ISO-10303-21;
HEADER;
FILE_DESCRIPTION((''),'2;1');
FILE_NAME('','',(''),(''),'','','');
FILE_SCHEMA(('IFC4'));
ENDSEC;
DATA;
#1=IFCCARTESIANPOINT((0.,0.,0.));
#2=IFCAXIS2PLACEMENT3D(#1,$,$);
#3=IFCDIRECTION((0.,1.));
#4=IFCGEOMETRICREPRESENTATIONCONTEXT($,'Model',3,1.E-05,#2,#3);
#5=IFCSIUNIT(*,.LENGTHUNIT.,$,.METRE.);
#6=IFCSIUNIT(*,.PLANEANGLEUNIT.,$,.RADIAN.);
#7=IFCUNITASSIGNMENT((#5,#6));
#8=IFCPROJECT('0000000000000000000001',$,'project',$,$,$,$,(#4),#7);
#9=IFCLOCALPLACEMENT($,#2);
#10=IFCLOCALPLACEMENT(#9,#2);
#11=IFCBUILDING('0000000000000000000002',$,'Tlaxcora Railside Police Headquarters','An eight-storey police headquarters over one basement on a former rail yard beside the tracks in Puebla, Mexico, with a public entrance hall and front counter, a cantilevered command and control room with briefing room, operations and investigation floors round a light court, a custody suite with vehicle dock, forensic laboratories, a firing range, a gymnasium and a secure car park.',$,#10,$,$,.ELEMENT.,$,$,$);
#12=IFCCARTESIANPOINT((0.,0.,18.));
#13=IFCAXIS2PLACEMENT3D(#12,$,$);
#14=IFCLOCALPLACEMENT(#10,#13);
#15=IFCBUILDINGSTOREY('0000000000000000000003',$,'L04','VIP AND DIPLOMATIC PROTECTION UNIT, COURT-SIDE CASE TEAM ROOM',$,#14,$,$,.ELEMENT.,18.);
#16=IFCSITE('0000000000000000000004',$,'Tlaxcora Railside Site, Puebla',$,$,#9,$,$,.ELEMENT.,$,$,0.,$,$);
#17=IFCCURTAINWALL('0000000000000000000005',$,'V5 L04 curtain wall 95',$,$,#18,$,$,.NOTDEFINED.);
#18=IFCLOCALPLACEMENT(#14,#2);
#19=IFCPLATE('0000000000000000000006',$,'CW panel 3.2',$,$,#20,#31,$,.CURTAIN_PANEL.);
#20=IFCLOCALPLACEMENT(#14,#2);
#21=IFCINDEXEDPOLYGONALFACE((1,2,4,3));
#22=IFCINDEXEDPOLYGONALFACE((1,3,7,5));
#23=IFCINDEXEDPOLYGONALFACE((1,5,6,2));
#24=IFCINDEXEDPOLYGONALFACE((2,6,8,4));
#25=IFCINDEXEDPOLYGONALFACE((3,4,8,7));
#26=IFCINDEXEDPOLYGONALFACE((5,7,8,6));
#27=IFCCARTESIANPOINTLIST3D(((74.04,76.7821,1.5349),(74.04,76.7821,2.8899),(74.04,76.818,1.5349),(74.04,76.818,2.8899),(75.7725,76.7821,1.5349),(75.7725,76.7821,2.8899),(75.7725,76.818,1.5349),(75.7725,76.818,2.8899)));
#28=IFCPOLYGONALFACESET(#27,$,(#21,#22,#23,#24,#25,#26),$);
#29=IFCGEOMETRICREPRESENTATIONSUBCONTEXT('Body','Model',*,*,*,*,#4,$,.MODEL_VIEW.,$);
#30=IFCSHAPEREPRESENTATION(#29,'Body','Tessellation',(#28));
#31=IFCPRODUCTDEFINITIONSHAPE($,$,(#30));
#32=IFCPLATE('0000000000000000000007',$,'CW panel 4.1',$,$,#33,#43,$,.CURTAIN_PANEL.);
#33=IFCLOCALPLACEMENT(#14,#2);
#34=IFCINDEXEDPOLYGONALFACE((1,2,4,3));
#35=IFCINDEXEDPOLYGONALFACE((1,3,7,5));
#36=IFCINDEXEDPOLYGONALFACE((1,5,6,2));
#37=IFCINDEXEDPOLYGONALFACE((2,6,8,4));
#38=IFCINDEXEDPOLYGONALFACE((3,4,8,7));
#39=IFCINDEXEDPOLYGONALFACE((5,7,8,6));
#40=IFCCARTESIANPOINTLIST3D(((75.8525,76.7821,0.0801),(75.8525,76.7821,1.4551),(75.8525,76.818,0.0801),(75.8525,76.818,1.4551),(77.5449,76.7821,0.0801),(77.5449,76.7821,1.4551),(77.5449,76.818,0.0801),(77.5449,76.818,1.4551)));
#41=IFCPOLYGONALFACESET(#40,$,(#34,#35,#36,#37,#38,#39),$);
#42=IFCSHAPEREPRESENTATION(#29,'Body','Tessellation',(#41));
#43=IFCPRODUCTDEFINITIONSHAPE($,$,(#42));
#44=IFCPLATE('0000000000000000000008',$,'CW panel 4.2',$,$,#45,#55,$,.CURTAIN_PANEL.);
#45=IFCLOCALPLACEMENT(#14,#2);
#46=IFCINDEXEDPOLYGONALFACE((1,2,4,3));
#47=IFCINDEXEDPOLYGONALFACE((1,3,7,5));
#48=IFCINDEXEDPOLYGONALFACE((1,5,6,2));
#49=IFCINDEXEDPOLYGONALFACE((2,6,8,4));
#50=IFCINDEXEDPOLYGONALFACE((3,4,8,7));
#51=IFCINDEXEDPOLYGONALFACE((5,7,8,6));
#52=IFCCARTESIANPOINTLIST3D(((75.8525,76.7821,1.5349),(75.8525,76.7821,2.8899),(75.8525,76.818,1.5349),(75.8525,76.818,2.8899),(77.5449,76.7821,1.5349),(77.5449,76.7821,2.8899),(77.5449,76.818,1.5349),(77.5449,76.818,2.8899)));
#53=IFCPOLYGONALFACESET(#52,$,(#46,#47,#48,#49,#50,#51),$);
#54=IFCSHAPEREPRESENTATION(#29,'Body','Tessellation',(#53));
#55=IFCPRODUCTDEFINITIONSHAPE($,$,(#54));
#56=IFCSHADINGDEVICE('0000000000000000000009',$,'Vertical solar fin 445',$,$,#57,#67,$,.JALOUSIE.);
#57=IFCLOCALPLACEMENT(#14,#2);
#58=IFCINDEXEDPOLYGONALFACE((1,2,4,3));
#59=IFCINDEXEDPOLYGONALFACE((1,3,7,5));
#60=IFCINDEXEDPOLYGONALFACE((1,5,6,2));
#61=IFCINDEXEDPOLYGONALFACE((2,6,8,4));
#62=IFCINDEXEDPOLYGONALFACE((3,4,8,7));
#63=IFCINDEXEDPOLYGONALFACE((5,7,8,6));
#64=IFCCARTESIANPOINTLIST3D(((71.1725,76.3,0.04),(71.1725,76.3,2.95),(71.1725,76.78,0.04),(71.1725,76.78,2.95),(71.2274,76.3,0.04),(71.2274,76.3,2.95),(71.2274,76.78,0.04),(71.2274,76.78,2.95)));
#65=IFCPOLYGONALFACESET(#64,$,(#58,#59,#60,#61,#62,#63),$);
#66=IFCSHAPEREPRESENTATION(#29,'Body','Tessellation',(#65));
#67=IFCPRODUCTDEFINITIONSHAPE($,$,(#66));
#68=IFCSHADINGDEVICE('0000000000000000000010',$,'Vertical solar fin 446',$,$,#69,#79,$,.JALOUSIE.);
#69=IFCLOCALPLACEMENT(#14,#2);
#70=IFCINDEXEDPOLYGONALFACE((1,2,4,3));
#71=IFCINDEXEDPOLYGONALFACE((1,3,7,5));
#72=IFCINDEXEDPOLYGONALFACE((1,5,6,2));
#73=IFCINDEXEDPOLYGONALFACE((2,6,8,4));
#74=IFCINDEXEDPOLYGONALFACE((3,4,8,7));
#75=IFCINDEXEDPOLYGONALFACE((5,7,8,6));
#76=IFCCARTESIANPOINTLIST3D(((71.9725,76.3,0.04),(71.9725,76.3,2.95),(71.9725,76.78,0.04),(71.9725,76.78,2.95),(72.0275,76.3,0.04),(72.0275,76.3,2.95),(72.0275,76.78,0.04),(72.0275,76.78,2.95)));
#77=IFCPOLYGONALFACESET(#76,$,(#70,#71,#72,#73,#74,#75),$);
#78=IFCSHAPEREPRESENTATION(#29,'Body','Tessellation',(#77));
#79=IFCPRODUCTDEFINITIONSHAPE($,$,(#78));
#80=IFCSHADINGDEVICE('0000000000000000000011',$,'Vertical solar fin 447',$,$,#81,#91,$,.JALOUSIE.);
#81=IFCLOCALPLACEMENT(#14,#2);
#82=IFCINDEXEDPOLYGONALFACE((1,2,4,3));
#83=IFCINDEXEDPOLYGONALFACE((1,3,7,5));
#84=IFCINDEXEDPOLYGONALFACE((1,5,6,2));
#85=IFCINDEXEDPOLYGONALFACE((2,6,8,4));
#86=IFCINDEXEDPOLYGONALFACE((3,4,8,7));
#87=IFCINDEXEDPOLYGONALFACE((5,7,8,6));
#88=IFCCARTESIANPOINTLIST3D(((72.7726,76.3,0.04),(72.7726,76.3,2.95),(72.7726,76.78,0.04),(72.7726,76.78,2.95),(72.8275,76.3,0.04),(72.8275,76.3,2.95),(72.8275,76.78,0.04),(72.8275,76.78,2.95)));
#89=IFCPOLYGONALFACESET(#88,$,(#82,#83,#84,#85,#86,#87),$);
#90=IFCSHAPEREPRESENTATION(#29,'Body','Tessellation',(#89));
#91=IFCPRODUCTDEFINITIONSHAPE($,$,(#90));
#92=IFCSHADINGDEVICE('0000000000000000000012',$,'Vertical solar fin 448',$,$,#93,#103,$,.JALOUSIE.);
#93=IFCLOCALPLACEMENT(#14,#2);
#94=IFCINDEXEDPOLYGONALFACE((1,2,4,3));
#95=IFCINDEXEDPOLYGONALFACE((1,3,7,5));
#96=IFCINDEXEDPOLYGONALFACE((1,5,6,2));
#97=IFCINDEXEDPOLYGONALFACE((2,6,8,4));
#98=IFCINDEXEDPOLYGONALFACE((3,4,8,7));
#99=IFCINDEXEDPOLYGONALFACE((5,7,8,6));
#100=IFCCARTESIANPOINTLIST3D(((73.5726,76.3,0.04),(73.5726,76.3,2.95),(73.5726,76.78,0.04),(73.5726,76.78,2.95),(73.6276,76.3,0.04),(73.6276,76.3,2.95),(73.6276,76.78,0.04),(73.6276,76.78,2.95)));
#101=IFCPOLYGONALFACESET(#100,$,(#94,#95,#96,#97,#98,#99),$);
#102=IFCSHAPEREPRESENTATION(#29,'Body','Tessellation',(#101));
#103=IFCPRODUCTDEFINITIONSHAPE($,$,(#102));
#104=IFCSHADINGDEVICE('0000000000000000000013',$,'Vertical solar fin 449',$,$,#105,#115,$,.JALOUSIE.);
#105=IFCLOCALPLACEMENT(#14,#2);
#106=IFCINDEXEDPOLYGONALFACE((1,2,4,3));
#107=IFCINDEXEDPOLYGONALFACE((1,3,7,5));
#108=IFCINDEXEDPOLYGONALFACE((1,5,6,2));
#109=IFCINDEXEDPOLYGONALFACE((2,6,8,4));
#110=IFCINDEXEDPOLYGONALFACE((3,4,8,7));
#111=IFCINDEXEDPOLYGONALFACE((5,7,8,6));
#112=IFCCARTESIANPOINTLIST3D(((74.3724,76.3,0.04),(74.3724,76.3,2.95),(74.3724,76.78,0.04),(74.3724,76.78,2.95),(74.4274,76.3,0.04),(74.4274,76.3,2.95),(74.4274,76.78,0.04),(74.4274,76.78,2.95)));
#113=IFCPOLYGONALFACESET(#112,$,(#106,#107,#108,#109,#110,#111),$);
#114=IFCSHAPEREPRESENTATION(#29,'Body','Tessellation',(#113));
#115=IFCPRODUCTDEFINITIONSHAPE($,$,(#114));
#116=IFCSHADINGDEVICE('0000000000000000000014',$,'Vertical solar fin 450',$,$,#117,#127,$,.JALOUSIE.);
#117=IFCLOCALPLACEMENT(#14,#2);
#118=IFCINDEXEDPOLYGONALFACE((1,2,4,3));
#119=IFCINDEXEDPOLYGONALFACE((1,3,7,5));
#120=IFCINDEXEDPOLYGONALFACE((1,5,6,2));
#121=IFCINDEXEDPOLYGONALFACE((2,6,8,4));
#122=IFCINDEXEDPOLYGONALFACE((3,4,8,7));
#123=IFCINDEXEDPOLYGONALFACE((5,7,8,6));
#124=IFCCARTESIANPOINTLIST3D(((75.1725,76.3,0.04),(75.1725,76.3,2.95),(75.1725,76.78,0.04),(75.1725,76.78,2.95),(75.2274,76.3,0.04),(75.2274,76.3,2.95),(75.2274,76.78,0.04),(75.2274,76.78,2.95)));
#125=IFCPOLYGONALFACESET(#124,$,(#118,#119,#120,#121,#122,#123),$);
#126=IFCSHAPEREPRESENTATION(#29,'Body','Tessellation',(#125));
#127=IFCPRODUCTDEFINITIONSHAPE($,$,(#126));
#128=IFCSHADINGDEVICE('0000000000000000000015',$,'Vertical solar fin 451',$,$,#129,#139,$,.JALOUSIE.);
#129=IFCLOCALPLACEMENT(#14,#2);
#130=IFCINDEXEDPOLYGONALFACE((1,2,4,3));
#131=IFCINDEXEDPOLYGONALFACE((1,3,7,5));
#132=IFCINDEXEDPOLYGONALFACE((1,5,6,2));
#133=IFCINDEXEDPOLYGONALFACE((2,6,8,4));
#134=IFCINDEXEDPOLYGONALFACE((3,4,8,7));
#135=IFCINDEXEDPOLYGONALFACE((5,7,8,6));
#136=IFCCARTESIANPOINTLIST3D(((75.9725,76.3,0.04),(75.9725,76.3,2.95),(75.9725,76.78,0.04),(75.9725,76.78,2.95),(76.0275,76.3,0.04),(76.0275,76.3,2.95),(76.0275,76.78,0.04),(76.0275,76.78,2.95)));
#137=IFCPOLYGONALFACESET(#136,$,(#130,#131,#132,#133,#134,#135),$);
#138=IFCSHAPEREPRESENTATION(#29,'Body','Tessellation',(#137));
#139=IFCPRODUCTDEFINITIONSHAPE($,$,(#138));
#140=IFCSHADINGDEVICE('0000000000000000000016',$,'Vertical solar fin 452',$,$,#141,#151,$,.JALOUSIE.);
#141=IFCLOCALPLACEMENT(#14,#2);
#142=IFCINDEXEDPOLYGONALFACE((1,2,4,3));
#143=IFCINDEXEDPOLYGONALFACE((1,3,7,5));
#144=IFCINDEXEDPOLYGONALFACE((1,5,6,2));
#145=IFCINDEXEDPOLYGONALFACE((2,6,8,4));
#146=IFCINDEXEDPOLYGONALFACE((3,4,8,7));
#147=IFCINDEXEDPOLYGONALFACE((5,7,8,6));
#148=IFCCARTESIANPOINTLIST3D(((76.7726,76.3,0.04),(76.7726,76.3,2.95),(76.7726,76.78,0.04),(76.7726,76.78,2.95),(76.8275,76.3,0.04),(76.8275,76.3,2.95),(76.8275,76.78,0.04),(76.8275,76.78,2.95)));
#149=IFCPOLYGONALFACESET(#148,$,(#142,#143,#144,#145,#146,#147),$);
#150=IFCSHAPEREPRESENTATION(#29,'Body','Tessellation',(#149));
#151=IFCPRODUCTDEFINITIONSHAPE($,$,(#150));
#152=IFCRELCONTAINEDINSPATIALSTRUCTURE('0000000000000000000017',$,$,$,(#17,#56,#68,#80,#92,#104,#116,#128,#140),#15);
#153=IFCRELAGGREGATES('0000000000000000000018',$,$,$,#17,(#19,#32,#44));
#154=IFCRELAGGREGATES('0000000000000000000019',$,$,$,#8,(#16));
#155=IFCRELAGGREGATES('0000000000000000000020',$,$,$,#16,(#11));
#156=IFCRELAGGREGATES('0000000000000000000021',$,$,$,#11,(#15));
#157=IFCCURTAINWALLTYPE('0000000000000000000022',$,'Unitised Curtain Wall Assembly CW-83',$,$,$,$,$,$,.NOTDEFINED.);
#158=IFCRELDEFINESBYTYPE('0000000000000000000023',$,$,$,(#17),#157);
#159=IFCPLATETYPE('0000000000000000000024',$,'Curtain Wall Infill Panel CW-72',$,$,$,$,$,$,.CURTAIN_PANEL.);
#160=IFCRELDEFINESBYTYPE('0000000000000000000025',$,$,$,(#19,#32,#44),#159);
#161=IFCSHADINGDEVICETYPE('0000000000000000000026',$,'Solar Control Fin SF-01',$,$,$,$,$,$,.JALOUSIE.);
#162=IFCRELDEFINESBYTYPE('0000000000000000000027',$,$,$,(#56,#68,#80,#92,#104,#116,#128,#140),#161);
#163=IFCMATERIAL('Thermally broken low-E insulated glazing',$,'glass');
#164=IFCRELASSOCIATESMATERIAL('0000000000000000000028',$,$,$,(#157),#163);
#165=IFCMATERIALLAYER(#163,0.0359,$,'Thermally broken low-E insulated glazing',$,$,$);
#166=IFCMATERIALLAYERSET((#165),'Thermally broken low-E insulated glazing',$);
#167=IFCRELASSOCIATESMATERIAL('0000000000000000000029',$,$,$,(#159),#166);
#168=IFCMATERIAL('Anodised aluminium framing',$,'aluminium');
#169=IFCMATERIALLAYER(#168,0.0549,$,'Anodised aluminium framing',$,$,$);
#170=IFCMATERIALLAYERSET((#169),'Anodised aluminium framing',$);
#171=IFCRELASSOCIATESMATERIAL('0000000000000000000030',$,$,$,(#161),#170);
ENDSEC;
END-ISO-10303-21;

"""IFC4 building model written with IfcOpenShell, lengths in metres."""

from ifc_helpers import new_model, si_unit, direction, frame, origin, origin_2d, place, context, subcontext, project, spatial, rectangle, extrude, material, layer, layer_set, type_object, element, aggregate, save


model = new_model("IFC4")

# Units and contexts
model_context = context("Model", 3, precision=1e-05, world=origin(), true_north=direction((0.0, 1.0)))
body_context = subcontext(model_context, "Body", "Model", "MODEL_VIEW")
ifc_project = project(units=[si_unit("LENGTHUNIT", "METRE"), si_unit("PLANEANGLEUNIT", "RADIAN")], contexts=[model_context])

# Site, building, storey
site_placement = place(None, origin())
site = spatial("IfcSite", under=ifc_project, at=site_placement, Name="Tlaxcora Railside Site, Puebla", CompositionType="ELEMENT", RefElevation=0.0)
building_placement = place(site_placement, origin())
building = spatial("IfcBuilding", under=site, at=building_placement, Name="Tlaxcora Railside Police Headquarters", Description="An eight-storey police headquarters over one basement on a former rail yard beside the tracks in Puebla, Mexico, with a public entrance hall and front counter, a cantilevered command and control room with briefing room, operations and investigation floors round a light court, a custody suite with vehicle dock, forensic laboratories, a firing range, a gymnasium and a secure car park.", CompositionType="ELEMENT")
storey_placement = place(building_placement, frame((0.0, 0.0, 18.0)))
storey = spatial("IfcBuildingStorey", under=building, at=storey_placement, Name="L04", Description="VIP AND DIPLOMATIC PROTECTION UNIT, COURT-SIDE CASE TEAM ROOM", CompositionType="ELEMENT", Elevation=18.0)

# Shared definitions
ifc_material_1 = material(Name="Thermally broken low-E insulated glazing", Category="glass")
ifc_material_2 = material(Name="Anodised aluminium framing", Category="aluminium")

# Curtain wall
curtain_wall_type_1 = type_object("IfcCurtainWallType", Name="Unitised Curtain Wall Assembly CW-83", PredefinedType="NOTDEFINED", material=ifc_material_1)
curtain_wall_1_placement = place(storey_placement, origin())
curtain_wall_1 = element("IfcCurtainWall", 1, at=curtain_wall_1_placement, inside=storey, type_object=curtain_wall_type_1, Name="V5 L04 curtain wall 95", PredefinedType="NOTDEFINED")

# Plates
ifc_layer_1 = layer(ifc_material_1, 0.0359, Name="Thermally broken low-E insulated glazing")
ifc_layer_set_1 = layer_set([ifc_layer_1], Name="Thermally broken low-E insulated glazing")
plate_type = type_object("IfcPlateType", Name="Curtain Wall Infill Panel CW-72", PredefinedType="CURTAIN_PANEL", material=ifc_layer_set_1)
plate_1_placement = place(storey_placement, frame((74.9062, 76.8, 1.5349), z_axis=(0.0, 0.0, 1.0), x_axis=(1.0, 0.0, 0.0)))
plate_1 = element("IfcPlate", 2, at=plate_1_placement, type_object=plate_type, Name="CW panel 3.2", PredefinedType="CURTAIN_PANEL", context=body_context, shape_type="SweptSolid", body=[
    extrude(rectangle(XDim=1.7324, YDim=0.0359, at=origin_2d()), origin(), (0.0, 0.0, 1.0), 1.355),
])
plate_2_placement = place(storey_placement, frame((76.6987, 76.8, 0.0801), z_axis=(0.0, 0.0, 1.0), x_axis=(1.0, 0.0, 0.0)))
plate_2 = element("IfcPlate", 3, at=plate_2_placement, type_object=plate_type, Name="CW panel 4.1", PredefinedType="CURTAIN_PANEL", context=body_context, shape_type="SweptSolid", body=[
    extrude(rectangle(XDim=1.6924, YDim=0.0359, at=origin_2d()), origin(), (0.0, 0.0, 1.0), 1.375),
])
plate_3_placement = place(storey_placement, frame((76.6987, 76.8, 1.5349), z_axis=(0.0, 0.0, 1.0), x_axis=(1.0, 0.0, 0.0)))
plate_3 = element("IfcPlate", 4, at=plate_3_placement, type_object=plate_type, Name="CW panel 4.2", PredefinedType="CURTAIN_PANEL", context=body_context, shape_type="SweptSolid", body=[
    extrude(rectangle(XDim=1.6924, YDim=0.0359, at=origin_2d()), origin(), (0.0, 0.0, 1.0), 1.355),
])
aggregate(curtain_wall_1, [plate_1, plate_2, plate_3])

# Shading devices
ifc_layer_2 = layer(ifc_material_2, 0.0549, Name="Anodised aluminium framing")
ifc_layer_set_2 = layer_set([ifc_layer_2], Name="Anodised aluminium framing")
shading_device_type = type_object("IfcShadingDeviceType", Name="Solar Control Fin SF-01", PredefinedType="JALOUSIE", material=ifc_layer_set_2)
for number, where, z_axis, x_axis, name in (
    (5, (71.2, 76.54, 0.04), (0.0, 0.0, 1.0), (0.0, -1.0, 0.0), "Vertical solar fin 445"),
    (6, (72.0, 76.54, 0.04), (0.0, 0.0, 1.0), (0.0, -1.0, 0.0), "Vertical solar fin 446"),
    (7, (72.8, 76.54, 0.04), (0.0, 0.0, 1.0), (0.0, -1.0, 0.0), "Vertical solar fin 447"),
    (8, (73.6001, 76.54, 0.04), (0.0, 0.0, 1.0), (0.0, -1.0, 0.0), "Vertical solar fin 448"),
    (9, (74.3999, 76.54, 0.04), (0.0, 0.0, 1.0), (0.0, -1.0, 0.0), "Vertical solar fin 449"),
    (10, (75.2, 76.54, 0.04), (0.0, 0.0, 1.0), (0.0, -1.0, 0.0), "Vertical solar fin 450"),
    (11, (76.0, 76.54, 0.04), (0.0, 0.0, 1.0), (0.0, -1.0, 0.0), "Vertical solar fin 451"),
    (12, (76.8, 76.54, 0.04), (0.0, 0.0, 1.0), (0.0, -1.0, 0.0), "Vertical solar fin 452"),
):
    element("IfcShadingDevice", number, at=place(storey_placement, frame(where, z_axis=z_axis, x_axis=x_axis)), inside=storey, type_object=shading_device_type, Name=name, PredefinedType="JALOUSIE", context=body_context, shape_type="SweptSolid", body=[
        extrude(rectangle(XDim=0.48, YDim=0.0549, at=origin_2d()), origin(), (0.0, 0.0, 1.0), 2.9099),
    ])

save(model, "model.ifc")
